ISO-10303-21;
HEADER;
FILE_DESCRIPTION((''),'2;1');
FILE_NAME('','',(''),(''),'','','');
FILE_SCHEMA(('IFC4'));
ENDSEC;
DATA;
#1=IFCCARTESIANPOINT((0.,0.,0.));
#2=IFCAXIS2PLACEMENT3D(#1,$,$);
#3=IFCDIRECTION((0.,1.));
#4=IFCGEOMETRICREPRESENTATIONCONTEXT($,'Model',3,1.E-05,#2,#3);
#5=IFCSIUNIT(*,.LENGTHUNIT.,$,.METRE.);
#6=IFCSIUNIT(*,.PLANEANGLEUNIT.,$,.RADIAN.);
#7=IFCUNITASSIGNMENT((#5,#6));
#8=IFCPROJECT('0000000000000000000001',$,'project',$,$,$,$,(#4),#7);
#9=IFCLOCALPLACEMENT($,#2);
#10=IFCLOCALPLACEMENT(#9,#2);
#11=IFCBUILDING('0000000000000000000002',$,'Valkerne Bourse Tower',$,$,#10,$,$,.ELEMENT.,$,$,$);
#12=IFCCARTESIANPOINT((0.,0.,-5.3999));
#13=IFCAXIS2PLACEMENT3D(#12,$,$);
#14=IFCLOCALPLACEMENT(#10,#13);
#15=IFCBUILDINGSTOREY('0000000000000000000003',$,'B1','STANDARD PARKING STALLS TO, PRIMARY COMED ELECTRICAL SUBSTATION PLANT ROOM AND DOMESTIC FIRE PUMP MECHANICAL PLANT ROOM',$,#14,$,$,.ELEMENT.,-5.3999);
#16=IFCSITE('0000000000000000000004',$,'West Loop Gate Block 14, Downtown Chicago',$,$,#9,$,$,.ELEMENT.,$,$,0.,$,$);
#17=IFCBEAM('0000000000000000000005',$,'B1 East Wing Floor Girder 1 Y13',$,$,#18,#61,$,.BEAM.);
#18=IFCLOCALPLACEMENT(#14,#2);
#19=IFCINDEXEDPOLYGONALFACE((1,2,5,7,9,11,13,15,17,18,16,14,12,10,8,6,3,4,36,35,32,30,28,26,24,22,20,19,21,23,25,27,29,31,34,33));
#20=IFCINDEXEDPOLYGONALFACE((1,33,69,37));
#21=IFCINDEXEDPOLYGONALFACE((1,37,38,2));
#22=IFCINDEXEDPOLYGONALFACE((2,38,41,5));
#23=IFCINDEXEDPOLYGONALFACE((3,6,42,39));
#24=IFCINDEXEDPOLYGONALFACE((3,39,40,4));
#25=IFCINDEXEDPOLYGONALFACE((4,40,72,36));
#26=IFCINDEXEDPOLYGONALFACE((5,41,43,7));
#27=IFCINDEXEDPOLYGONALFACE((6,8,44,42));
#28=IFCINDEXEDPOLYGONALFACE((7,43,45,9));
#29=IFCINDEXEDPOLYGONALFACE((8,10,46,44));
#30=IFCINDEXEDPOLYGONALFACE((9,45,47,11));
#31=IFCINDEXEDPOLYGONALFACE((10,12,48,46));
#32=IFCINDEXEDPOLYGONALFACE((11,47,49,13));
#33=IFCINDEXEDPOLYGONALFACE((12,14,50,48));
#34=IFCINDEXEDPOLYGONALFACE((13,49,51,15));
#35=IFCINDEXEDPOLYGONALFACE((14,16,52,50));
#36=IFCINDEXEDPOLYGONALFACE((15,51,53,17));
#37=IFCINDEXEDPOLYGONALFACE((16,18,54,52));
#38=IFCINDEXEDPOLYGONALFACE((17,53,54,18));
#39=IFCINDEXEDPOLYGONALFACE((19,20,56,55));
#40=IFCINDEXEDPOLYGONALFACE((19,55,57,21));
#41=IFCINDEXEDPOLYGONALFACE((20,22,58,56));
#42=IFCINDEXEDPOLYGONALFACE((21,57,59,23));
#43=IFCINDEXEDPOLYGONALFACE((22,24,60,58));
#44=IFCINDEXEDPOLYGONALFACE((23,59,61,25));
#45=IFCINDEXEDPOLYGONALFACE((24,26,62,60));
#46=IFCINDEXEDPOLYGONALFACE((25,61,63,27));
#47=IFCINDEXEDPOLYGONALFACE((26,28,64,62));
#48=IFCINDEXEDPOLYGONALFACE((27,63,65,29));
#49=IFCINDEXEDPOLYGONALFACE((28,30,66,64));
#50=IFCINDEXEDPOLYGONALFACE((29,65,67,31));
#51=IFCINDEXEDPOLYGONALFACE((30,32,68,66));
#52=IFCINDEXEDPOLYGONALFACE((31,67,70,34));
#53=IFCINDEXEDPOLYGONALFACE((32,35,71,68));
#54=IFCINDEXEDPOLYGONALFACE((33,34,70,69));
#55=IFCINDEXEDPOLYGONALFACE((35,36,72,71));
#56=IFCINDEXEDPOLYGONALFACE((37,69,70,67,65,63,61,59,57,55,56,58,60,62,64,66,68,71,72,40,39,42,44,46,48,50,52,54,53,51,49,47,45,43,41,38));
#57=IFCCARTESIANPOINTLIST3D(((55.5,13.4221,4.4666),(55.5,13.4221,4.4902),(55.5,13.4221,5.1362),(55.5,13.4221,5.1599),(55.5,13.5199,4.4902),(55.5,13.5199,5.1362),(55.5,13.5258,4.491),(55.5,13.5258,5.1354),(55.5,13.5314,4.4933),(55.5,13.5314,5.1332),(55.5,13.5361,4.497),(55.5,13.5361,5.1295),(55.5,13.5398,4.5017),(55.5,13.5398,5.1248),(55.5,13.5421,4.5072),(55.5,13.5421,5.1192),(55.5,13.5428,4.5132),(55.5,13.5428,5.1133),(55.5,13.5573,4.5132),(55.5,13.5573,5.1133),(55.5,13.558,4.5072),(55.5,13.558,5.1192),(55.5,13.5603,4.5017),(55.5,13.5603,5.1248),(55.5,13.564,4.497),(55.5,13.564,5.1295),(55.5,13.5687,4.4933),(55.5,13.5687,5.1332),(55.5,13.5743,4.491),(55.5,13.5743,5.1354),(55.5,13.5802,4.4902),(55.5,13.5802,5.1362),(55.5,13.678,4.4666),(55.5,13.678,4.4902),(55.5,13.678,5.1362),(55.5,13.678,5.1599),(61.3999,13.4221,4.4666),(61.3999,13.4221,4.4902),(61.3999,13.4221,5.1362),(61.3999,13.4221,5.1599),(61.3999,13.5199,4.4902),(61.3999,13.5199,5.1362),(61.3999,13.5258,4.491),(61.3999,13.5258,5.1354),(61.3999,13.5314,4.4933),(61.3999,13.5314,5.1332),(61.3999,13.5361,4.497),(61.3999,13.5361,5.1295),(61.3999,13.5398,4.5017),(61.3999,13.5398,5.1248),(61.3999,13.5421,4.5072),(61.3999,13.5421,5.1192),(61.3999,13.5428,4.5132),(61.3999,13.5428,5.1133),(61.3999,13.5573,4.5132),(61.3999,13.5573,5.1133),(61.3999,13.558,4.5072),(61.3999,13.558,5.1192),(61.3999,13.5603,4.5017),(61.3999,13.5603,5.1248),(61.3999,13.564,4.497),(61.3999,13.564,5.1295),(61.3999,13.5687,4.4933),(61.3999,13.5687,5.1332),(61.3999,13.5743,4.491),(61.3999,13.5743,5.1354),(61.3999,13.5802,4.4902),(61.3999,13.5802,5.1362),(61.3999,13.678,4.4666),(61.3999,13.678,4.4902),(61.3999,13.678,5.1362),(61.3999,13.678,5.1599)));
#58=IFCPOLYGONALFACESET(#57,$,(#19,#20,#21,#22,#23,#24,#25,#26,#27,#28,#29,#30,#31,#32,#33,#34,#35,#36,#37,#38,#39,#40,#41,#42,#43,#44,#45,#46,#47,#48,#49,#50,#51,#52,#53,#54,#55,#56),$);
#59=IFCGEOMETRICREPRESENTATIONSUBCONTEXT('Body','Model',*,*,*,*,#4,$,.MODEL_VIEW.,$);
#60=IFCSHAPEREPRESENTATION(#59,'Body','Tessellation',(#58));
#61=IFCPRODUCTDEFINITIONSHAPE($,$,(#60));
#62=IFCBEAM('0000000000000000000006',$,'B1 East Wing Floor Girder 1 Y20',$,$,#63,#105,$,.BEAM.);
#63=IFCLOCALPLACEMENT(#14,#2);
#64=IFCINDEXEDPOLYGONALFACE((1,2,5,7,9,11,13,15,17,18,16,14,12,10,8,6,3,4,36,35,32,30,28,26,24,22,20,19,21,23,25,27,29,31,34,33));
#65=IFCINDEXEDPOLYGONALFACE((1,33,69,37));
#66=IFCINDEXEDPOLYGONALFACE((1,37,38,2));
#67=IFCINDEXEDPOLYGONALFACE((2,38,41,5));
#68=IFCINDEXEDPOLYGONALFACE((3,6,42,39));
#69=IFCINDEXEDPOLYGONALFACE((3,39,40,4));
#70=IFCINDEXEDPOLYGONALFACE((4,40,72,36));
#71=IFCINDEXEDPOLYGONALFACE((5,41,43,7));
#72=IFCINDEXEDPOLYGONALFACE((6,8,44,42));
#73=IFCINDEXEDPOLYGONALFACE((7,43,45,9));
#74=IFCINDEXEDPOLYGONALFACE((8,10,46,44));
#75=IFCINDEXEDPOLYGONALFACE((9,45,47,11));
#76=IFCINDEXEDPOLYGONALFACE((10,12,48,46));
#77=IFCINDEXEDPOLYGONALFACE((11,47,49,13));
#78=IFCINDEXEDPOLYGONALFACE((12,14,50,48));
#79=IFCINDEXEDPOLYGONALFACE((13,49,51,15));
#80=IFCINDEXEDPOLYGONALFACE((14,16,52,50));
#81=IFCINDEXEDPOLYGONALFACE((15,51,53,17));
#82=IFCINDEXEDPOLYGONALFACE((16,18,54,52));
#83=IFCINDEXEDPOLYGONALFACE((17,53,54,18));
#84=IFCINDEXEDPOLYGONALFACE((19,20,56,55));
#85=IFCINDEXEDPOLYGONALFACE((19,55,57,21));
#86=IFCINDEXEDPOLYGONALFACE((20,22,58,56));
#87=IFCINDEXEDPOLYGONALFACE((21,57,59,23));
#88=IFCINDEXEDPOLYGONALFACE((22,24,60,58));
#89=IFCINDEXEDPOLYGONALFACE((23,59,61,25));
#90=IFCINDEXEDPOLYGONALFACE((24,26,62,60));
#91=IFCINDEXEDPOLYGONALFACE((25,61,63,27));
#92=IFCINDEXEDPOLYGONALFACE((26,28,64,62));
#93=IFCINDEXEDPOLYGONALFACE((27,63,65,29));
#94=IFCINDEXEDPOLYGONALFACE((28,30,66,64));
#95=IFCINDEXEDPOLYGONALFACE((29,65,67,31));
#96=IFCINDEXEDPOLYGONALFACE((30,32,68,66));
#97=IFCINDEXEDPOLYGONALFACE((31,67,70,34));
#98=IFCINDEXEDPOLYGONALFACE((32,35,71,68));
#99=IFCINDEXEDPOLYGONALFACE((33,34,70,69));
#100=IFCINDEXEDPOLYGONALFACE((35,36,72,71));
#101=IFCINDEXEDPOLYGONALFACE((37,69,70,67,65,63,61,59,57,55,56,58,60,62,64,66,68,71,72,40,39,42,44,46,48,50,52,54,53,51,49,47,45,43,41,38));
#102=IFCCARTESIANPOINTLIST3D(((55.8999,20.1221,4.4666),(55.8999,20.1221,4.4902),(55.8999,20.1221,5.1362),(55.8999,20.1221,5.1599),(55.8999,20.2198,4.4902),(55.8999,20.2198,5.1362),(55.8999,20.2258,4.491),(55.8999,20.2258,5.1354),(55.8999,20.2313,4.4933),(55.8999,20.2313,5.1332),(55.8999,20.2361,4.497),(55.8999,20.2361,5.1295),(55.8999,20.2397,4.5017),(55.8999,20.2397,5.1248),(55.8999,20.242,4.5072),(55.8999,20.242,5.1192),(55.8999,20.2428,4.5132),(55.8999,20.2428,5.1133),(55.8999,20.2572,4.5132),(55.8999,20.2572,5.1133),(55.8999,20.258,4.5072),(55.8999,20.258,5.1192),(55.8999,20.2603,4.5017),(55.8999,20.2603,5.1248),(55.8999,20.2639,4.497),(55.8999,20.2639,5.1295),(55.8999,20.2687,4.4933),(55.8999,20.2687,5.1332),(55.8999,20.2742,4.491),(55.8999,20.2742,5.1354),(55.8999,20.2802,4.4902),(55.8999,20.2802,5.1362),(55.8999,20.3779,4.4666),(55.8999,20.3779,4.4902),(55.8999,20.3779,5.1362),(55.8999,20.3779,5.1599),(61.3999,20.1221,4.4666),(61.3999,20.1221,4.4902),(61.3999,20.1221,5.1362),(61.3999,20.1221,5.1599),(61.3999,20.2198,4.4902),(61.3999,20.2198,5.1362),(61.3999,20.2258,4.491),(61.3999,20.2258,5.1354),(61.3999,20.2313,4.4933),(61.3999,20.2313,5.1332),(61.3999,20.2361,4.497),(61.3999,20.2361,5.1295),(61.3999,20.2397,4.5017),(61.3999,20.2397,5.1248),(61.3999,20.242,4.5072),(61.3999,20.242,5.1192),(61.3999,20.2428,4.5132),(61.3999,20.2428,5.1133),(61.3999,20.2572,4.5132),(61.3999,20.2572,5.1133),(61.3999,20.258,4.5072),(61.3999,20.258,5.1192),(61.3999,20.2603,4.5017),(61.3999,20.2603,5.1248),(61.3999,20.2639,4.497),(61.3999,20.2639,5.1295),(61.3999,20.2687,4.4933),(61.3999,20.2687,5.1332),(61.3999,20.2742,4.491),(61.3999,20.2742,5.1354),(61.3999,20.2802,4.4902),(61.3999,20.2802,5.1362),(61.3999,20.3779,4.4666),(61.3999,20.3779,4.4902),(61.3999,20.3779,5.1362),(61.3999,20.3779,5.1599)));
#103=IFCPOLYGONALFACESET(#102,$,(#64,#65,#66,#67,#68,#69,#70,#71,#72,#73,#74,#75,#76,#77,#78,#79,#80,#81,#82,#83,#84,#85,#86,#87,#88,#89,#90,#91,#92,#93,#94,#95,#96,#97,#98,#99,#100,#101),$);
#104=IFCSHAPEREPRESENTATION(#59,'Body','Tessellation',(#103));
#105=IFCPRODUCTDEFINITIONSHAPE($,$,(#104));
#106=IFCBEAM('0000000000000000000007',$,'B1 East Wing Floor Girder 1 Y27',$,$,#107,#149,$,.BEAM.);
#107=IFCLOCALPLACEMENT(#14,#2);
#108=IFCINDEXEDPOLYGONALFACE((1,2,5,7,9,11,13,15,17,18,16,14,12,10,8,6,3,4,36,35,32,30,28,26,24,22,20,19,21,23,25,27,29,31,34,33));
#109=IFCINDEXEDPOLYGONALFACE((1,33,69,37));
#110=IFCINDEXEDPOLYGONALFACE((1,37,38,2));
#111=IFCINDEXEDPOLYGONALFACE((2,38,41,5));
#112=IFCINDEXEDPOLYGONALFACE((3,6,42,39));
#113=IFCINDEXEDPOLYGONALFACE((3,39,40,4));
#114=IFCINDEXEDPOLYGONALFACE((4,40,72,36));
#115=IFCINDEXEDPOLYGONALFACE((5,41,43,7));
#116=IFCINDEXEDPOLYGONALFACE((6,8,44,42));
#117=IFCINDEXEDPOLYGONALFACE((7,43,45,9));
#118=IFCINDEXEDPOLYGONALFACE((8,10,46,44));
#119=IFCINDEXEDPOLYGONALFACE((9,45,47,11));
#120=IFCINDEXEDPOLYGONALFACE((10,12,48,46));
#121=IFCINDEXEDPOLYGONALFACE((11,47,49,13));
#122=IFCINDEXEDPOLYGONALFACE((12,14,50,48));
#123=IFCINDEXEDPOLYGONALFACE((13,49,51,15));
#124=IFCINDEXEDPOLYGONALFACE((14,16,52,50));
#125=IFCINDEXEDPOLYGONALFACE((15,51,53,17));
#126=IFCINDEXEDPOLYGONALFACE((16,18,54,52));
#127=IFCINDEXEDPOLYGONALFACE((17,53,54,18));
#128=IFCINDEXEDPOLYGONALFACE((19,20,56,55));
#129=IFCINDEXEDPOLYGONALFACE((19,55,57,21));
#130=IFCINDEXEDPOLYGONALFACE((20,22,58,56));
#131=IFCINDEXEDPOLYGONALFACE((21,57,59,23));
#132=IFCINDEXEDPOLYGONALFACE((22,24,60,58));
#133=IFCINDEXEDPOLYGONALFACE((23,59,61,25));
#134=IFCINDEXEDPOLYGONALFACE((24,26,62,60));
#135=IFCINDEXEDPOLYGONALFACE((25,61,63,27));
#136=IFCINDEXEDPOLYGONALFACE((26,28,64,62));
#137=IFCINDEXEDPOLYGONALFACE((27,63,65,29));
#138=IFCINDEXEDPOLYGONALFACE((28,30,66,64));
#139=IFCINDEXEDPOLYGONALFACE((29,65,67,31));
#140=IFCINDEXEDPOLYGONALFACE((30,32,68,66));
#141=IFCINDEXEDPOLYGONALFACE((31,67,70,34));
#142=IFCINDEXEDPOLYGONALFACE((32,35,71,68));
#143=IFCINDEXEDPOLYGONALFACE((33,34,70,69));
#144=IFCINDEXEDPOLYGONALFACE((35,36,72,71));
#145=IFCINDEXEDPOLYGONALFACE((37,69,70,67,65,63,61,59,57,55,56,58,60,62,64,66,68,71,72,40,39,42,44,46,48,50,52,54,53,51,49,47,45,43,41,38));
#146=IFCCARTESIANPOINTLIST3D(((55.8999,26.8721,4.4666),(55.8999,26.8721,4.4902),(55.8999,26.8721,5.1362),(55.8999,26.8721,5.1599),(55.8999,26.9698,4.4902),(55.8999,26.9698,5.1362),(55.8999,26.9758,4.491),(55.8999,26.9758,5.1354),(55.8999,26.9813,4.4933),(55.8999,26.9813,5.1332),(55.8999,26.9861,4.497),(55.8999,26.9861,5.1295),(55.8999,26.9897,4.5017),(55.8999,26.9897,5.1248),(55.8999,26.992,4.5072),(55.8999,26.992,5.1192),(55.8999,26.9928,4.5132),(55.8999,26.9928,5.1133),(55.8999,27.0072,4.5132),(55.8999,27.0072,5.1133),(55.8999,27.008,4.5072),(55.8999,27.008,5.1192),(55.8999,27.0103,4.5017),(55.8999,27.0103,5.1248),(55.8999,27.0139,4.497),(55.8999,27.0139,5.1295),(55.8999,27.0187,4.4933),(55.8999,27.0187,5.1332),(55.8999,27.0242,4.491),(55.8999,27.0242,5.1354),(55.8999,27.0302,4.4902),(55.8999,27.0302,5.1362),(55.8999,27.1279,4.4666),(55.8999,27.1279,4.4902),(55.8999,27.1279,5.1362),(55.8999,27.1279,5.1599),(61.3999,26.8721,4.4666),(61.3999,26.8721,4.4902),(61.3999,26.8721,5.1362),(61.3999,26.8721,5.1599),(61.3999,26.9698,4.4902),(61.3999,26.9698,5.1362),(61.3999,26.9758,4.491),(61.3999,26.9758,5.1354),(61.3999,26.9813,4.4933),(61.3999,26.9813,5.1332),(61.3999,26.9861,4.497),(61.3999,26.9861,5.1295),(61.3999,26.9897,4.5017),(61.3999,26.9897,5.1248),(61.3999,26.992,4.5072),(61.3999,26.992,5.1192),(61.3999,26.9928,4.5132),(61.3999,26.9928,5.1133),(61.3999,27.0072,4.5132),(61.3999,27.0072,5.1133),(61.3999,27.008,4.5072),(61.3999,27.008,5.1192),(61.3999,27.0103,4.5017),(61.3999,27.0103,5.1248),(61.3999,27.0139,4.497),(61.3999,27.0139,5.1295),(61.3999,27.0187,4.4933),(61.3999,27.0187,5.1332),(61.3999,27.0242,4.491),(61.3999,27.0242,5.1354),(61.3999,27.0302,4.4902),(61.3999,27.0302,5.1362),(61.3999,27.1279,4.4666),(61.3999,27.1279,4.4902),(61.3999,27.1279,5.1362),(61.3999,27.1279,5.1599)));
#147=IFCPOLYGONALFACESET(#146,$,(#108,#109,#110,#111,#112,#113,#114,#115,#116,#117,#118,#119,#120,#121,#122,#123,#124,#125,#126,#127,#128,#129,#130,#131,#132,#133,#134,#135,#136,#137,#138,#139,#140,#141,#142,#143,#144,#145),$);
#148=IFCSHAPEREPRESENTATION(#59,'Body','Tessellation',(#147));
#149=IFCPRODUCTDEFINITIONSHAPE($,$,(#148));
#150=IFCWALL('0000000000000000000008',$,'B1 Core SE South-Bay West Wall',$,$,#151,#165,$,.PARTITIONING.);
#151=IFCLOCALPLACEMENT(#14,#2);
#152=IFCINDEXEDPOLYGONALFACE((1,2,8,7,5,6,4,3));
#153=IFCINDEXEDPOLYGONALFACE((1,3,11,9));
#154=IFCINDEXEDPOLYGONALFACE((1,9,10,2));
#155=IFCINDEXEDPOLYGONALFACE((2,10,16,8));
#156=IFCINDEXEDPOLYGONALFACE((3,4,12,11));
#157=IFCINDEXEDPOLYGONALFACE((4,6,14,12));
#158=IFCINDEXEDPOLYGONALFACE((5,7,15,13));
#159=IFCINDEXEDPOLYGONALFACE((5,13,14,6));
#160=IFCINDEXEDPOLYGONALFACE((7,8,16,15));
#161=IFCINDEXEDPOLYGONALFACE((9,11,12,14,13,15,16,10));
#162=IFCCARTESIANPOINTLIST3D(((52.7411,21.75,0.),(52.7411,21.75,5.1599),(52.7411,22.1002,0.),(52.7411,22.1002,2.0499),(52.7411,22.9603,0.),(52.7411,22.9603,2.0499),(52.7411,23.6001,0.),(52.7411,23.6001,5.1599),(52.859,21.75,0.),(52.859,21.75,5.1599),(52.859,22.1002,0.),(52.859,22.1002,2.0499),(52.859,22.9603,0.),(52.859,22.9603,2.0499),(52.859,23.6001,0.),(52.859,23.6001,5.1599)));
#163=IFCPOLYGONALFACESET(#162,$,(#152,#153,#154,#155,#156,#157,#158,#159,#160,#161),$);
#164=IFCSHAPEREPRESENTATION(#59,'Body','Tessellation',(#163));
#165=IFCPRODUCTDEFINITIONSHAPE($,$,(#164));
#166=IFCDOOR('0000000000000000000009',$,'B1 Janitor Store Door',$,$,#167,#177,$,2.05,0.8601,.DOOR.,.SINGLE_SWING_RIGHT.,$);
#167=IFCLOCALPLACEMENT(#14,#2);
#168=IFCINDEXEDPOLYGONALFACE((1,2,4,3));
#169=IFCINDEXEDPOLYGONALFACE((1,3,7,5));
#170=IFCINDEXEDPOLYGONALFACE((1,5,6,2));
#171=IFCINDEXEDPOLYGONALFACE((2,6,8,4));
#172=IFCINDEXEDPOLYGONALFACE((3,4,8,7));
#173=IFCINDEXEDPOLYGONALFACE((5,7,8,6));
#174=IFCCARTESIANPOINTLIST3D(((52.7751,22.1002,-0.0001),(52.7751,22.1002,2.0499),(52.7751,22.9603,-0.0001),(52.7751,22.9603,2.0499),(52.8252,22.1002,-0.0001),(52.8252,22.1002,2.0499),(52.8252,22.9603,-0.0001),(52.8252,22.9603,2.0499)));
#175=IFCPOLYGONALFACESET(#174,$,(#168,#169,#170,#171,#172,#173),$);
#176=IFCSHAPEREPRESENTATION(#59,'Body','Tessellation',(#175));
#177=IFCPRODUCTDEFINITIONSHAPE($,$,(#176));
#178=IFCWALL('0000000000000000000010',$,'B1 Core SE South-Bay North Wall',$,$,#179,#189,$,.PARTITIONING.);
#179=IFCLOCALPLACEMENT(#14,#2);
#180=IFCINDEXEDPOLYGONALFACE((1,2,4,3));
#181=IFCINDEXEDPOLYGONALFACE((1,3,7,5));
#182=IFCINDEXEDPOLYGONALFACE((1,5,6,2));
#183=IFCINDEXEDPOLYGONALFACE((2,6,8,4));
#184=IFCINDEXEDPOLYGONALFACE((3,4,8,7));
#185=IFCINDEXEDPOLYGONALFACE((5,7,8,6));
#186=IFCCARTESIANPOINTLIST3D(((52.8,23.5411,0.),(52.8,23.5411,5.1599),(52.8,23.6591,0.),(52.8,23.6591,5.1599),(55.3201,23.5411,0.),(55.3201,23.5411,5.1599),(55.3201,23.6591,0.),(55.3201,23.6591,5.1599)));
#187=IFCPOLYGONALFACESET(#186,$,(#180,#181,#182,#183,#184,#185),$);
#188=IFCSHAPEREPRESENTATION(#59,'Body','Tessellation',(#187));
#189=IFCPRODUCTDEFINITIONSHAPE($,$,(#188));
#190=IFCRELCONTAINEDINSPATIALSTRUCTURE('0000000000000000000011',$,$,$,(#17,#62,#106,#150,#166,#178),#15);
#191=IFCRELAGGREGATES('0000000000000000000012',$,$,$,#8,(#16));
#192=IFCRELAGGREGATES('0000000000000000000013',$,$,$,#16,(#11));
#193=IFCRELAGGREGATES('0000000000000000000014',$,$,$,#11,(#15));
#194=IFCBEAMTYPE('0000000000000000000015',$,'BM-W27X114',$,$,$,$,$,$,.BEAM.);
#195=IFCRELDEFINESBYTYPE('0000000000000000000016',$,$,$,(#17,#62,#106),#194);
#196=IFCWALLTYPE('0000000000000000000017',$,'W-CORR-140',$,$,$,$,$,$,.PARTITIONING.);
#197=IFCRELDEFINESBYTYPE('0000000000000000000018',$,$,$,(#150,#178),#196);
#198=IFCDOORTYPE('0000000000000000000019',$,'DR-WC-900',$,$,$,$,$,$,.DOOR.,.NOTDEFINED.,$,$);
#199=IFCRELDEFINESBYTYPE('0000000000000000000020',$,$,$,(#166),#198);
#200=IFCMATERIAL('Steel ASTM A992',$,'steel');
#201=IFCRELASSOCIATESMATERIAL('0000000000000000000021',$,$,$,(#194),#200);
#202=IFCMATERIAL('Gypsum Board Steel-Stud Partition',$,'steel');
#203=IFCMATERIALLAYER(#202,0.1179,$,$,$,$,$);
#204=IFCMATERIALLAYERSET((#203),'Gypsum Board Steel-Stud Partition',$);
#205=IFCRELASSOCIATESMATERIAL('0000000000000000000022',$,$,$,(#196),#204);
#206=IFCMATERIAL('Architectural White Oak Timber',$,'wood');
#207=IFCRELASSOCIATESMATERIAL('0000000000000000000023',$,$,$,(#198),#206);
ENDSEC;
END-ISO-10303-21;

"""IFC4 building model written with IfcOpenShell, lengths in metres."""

from ifc_helpers import new_model, si_unit, direction, frame, frame_2d, origin, origin_2d, place, context, subcontext, project, spatial, rectangle, i_section, extrude, material, layer, layer_set, material_profile, profile_set, type_object, element, fill, save


model = new_model("IFC4")

# Units and contexts
model_context = context("Model", 3, precision=1e-05, world=origin(), true_north=direction((0.0, 1.0)))
body_context = subcontext(model_context, "Body", "Model", "MODEL_VIEW")
ifc_project = project(units=[si_unit("LENGTHUNIT", "METRE"), si_unit("PLANEANGLEUNIT", "RADIAN")], contexts=[model_context])

# Site, building, storey
site_placement = place(None, origin())
site = spatial("IfcSite", under=ifc_project, at=site_placement, Name="West Loop Gate Block 14, Downtown Chicago", CompositionType="ELEMENT", RefElevation=0.0)
building_placement = place(site_placement, origin())
building = spatial("IfcBuilding", under=site, at=building_placement, Name="Valkerne Bourse Tower", CompositionType="ELEMENT")
storey_placement = place(building_placement, frame((0.0, 0.0, -5.3999)))
storey = spatial("IfcBuildingStorey", under=building, at=storey_placement, Name="B1", Description="STANDARD PARKING STALLS TO, PRIMARY COMED ELECTRICAL SUBSTATION PLANT ROOM AND DOMESTIC FIRE PUMP MECHANICAL PLANT ROOM", CompositionType="ELEMENT", Elevation=-5.3999)

# Beams
ifc_material_1 = material(Name="Steel ASTM A992", Category="steel")
ifc_material_profile_1 = material_profile(ifc_material_1, i_section(OverallWidth=0.2559, OverallDepth=0.6934, WebThickness=0.0144, FlangeThickness=0.0237, FilletRadius=0.0229, at=origin_2d()), Name="W27X114")
ifc_profile_set_1 = profile_set([ifc_material_profile_1], Name="Steel ASTM A992")
beam_type = type_object("IfcBeamType", Name="BM-W27X114", PredefinedType="BEAM", material=ifc_profile_set_1)
beam_placement = place(storey_placement, frame((55.5, 13.55, 4.8132), z_axis=(1.0, 0.0, 0.0), x_axis=(0.0, 1.0, 0.0)))
element("IfcBeam", 1, at=beam_placement, inside=storey, type_object=beam_type, Name="B1 East Wing Floor Girder 1 Y13", PredefinedType="BEAM", context=body_context, shape_type="SweptSolid", body=[
    extrude(i_section(OverallWidth=0.2559, OverallDepth=0.6934, WebThickness=0.0144, FlangeThickness=0.0237, FilletRadius=0.0229, at=origin_2d()), origin(), (0.0, 0.0, 1.0), 5.8999),
])
for number, where, z_axis, x_axis, name in (
    (2, (55.8999, 20.25, 4.8132), (1.0, 0.0, 0.0), (0.0, 1.0, 0.0), "B1 East Wing Floor Girder 1 Y20"),
    (3, (55.8999, 27.0, 4.8132), (1.0, 0.0, 0.0), (0.0, 1.0, 0.0), "B1 East Wing Floor Girder 1 Y27"),
):
    element("IfcBeam", number, at=place(storey_placement, frame(where, z_axis=z_axis, x_axis=x_axis)), inside=storey, type_object=beam_type, Name=name, PredefinedType="BEAM", context=body_context, shape_type="SweptSolid", body=[
        extrude(i_section(OverallWidth=0.2559, OverallDepth=0.6934, WebThickness=0.0144, FlangeThickness=0.0237, FilletRadius=0.0229, at=origin_2d()), origin(), (0.0, 0.0, 1.0), 5.5),
    ])

# Wall, opening, door
ifc_material_2 = material(Name="Gypsum Board Steel-Stud Partition", Category="steel")
ifc_layer_1 = layer(ifc_material_2, 0.1179)
ifc_layer_set_1 = layer_set([ifc_layer_1], Name="Gypsum Board Steel-Stud Partition")
wall_type_1 = type_object("IfcWallType", Name="W-CORR-140", PredefinedType="PARTITIONING", material=ifc_layer_set_1)
wall_1_placement = place(storey_placement, frame((52.8, 21.75, 0.0), z_axis=(0.0, 0.0, 1.0), x_axis=(0.0, 1.0, 0.0)))
wall_1 = element("IfcWall", 4, at=wall_1_placement, inside=storey, type_object=wall_type_1, Name="B1 Core SE South-Bay West Wall", PredefinedType="PARTITIONING", context=body_context, shape_type="SweptSolid", body=[
    extrude(rectangle(XDim=1.8501, YDim=0.1179, at=frame_2d((0.925, 0.0))), origin(), (0.0, 0.0, 1.0), 5.1599),
])
opening_1_placement = place(wall_1_placement, frame((0.3501, 0.0, 0.0)))
opening_1 = element("IfcOpeningElement", 5, at=opening_1_placement, cuts=wall_1, PredefinedType="OPENING", context=body_context, shape_type="SweptSolid", body=[
    extrude(rectangle(XDim=0.8601, YDim=2.05, at=frame_2d((0.4302, 1.0249))), frame((0.0, 0.0688, 0.0), z_axis=(0.0, -1.0, 0.0), x_axis=(1.0, 0.0, 0.0)), (0.0, 0.0, 1.0), 0.1379),
])
ifc_material_3 = material(Name="Architectural White Oak Timber", Category="wood")
door_type_1 = type_object("IfcDoorType", Name="DR-WC-900", OperationType="NOTDEFINED", PredefinedType="DOOR", material=ifc_material_3)
door_1_placement = place(opening_1_placement, origin())
door_1 = element("IfcDoor", 6, at=door_1_placement, inside=storey, type_object=door_type_1, Name="B1 Janitor Store Door", OperationType="SINGLE_SWING_RIGHT", OverallHeight=2.05, OverallWidth=0.8601, PredefinedType="DOOR", context=body_context, shape_type="SweptSolid", body=[
    extrude(rectangle(XDim=0.8601, YDim=2.05, at=frame_2d((0.4302, 1.0249))), frame((0.0, 0.0249, 0.0), z_axis=(0.0, -1.0, 0.0), x_axis=(1.0, 0.0, 0.0)), (0.0, 0.0, 1.0), 0.05),
])
fill(opening_1, door_1)

# Wall
wall_2_placement = place(storey_placement, frame((52.8, 23.6001, 0.0), z_axis=(0.0, 0.0, 1.0), x_axis=(1.0, 0.0, 0.0)))
element("IfcWall", 7, at=wall_2_placement, inside=storey, type_object=wall_type_1, Name="B1 Core SE South-Bay North Wall", PredefinedType="PARTITIONING", context=body_context, shape_type="SweptSolid", body=[
    extrude(rectangle(XDim=2.52, YDim=0.1179, at=frame_2d((1.26, 0.0))), origin(), (0.0, 0.0, 1.0), 5.1599),
])

save(model, "model.ifc")
